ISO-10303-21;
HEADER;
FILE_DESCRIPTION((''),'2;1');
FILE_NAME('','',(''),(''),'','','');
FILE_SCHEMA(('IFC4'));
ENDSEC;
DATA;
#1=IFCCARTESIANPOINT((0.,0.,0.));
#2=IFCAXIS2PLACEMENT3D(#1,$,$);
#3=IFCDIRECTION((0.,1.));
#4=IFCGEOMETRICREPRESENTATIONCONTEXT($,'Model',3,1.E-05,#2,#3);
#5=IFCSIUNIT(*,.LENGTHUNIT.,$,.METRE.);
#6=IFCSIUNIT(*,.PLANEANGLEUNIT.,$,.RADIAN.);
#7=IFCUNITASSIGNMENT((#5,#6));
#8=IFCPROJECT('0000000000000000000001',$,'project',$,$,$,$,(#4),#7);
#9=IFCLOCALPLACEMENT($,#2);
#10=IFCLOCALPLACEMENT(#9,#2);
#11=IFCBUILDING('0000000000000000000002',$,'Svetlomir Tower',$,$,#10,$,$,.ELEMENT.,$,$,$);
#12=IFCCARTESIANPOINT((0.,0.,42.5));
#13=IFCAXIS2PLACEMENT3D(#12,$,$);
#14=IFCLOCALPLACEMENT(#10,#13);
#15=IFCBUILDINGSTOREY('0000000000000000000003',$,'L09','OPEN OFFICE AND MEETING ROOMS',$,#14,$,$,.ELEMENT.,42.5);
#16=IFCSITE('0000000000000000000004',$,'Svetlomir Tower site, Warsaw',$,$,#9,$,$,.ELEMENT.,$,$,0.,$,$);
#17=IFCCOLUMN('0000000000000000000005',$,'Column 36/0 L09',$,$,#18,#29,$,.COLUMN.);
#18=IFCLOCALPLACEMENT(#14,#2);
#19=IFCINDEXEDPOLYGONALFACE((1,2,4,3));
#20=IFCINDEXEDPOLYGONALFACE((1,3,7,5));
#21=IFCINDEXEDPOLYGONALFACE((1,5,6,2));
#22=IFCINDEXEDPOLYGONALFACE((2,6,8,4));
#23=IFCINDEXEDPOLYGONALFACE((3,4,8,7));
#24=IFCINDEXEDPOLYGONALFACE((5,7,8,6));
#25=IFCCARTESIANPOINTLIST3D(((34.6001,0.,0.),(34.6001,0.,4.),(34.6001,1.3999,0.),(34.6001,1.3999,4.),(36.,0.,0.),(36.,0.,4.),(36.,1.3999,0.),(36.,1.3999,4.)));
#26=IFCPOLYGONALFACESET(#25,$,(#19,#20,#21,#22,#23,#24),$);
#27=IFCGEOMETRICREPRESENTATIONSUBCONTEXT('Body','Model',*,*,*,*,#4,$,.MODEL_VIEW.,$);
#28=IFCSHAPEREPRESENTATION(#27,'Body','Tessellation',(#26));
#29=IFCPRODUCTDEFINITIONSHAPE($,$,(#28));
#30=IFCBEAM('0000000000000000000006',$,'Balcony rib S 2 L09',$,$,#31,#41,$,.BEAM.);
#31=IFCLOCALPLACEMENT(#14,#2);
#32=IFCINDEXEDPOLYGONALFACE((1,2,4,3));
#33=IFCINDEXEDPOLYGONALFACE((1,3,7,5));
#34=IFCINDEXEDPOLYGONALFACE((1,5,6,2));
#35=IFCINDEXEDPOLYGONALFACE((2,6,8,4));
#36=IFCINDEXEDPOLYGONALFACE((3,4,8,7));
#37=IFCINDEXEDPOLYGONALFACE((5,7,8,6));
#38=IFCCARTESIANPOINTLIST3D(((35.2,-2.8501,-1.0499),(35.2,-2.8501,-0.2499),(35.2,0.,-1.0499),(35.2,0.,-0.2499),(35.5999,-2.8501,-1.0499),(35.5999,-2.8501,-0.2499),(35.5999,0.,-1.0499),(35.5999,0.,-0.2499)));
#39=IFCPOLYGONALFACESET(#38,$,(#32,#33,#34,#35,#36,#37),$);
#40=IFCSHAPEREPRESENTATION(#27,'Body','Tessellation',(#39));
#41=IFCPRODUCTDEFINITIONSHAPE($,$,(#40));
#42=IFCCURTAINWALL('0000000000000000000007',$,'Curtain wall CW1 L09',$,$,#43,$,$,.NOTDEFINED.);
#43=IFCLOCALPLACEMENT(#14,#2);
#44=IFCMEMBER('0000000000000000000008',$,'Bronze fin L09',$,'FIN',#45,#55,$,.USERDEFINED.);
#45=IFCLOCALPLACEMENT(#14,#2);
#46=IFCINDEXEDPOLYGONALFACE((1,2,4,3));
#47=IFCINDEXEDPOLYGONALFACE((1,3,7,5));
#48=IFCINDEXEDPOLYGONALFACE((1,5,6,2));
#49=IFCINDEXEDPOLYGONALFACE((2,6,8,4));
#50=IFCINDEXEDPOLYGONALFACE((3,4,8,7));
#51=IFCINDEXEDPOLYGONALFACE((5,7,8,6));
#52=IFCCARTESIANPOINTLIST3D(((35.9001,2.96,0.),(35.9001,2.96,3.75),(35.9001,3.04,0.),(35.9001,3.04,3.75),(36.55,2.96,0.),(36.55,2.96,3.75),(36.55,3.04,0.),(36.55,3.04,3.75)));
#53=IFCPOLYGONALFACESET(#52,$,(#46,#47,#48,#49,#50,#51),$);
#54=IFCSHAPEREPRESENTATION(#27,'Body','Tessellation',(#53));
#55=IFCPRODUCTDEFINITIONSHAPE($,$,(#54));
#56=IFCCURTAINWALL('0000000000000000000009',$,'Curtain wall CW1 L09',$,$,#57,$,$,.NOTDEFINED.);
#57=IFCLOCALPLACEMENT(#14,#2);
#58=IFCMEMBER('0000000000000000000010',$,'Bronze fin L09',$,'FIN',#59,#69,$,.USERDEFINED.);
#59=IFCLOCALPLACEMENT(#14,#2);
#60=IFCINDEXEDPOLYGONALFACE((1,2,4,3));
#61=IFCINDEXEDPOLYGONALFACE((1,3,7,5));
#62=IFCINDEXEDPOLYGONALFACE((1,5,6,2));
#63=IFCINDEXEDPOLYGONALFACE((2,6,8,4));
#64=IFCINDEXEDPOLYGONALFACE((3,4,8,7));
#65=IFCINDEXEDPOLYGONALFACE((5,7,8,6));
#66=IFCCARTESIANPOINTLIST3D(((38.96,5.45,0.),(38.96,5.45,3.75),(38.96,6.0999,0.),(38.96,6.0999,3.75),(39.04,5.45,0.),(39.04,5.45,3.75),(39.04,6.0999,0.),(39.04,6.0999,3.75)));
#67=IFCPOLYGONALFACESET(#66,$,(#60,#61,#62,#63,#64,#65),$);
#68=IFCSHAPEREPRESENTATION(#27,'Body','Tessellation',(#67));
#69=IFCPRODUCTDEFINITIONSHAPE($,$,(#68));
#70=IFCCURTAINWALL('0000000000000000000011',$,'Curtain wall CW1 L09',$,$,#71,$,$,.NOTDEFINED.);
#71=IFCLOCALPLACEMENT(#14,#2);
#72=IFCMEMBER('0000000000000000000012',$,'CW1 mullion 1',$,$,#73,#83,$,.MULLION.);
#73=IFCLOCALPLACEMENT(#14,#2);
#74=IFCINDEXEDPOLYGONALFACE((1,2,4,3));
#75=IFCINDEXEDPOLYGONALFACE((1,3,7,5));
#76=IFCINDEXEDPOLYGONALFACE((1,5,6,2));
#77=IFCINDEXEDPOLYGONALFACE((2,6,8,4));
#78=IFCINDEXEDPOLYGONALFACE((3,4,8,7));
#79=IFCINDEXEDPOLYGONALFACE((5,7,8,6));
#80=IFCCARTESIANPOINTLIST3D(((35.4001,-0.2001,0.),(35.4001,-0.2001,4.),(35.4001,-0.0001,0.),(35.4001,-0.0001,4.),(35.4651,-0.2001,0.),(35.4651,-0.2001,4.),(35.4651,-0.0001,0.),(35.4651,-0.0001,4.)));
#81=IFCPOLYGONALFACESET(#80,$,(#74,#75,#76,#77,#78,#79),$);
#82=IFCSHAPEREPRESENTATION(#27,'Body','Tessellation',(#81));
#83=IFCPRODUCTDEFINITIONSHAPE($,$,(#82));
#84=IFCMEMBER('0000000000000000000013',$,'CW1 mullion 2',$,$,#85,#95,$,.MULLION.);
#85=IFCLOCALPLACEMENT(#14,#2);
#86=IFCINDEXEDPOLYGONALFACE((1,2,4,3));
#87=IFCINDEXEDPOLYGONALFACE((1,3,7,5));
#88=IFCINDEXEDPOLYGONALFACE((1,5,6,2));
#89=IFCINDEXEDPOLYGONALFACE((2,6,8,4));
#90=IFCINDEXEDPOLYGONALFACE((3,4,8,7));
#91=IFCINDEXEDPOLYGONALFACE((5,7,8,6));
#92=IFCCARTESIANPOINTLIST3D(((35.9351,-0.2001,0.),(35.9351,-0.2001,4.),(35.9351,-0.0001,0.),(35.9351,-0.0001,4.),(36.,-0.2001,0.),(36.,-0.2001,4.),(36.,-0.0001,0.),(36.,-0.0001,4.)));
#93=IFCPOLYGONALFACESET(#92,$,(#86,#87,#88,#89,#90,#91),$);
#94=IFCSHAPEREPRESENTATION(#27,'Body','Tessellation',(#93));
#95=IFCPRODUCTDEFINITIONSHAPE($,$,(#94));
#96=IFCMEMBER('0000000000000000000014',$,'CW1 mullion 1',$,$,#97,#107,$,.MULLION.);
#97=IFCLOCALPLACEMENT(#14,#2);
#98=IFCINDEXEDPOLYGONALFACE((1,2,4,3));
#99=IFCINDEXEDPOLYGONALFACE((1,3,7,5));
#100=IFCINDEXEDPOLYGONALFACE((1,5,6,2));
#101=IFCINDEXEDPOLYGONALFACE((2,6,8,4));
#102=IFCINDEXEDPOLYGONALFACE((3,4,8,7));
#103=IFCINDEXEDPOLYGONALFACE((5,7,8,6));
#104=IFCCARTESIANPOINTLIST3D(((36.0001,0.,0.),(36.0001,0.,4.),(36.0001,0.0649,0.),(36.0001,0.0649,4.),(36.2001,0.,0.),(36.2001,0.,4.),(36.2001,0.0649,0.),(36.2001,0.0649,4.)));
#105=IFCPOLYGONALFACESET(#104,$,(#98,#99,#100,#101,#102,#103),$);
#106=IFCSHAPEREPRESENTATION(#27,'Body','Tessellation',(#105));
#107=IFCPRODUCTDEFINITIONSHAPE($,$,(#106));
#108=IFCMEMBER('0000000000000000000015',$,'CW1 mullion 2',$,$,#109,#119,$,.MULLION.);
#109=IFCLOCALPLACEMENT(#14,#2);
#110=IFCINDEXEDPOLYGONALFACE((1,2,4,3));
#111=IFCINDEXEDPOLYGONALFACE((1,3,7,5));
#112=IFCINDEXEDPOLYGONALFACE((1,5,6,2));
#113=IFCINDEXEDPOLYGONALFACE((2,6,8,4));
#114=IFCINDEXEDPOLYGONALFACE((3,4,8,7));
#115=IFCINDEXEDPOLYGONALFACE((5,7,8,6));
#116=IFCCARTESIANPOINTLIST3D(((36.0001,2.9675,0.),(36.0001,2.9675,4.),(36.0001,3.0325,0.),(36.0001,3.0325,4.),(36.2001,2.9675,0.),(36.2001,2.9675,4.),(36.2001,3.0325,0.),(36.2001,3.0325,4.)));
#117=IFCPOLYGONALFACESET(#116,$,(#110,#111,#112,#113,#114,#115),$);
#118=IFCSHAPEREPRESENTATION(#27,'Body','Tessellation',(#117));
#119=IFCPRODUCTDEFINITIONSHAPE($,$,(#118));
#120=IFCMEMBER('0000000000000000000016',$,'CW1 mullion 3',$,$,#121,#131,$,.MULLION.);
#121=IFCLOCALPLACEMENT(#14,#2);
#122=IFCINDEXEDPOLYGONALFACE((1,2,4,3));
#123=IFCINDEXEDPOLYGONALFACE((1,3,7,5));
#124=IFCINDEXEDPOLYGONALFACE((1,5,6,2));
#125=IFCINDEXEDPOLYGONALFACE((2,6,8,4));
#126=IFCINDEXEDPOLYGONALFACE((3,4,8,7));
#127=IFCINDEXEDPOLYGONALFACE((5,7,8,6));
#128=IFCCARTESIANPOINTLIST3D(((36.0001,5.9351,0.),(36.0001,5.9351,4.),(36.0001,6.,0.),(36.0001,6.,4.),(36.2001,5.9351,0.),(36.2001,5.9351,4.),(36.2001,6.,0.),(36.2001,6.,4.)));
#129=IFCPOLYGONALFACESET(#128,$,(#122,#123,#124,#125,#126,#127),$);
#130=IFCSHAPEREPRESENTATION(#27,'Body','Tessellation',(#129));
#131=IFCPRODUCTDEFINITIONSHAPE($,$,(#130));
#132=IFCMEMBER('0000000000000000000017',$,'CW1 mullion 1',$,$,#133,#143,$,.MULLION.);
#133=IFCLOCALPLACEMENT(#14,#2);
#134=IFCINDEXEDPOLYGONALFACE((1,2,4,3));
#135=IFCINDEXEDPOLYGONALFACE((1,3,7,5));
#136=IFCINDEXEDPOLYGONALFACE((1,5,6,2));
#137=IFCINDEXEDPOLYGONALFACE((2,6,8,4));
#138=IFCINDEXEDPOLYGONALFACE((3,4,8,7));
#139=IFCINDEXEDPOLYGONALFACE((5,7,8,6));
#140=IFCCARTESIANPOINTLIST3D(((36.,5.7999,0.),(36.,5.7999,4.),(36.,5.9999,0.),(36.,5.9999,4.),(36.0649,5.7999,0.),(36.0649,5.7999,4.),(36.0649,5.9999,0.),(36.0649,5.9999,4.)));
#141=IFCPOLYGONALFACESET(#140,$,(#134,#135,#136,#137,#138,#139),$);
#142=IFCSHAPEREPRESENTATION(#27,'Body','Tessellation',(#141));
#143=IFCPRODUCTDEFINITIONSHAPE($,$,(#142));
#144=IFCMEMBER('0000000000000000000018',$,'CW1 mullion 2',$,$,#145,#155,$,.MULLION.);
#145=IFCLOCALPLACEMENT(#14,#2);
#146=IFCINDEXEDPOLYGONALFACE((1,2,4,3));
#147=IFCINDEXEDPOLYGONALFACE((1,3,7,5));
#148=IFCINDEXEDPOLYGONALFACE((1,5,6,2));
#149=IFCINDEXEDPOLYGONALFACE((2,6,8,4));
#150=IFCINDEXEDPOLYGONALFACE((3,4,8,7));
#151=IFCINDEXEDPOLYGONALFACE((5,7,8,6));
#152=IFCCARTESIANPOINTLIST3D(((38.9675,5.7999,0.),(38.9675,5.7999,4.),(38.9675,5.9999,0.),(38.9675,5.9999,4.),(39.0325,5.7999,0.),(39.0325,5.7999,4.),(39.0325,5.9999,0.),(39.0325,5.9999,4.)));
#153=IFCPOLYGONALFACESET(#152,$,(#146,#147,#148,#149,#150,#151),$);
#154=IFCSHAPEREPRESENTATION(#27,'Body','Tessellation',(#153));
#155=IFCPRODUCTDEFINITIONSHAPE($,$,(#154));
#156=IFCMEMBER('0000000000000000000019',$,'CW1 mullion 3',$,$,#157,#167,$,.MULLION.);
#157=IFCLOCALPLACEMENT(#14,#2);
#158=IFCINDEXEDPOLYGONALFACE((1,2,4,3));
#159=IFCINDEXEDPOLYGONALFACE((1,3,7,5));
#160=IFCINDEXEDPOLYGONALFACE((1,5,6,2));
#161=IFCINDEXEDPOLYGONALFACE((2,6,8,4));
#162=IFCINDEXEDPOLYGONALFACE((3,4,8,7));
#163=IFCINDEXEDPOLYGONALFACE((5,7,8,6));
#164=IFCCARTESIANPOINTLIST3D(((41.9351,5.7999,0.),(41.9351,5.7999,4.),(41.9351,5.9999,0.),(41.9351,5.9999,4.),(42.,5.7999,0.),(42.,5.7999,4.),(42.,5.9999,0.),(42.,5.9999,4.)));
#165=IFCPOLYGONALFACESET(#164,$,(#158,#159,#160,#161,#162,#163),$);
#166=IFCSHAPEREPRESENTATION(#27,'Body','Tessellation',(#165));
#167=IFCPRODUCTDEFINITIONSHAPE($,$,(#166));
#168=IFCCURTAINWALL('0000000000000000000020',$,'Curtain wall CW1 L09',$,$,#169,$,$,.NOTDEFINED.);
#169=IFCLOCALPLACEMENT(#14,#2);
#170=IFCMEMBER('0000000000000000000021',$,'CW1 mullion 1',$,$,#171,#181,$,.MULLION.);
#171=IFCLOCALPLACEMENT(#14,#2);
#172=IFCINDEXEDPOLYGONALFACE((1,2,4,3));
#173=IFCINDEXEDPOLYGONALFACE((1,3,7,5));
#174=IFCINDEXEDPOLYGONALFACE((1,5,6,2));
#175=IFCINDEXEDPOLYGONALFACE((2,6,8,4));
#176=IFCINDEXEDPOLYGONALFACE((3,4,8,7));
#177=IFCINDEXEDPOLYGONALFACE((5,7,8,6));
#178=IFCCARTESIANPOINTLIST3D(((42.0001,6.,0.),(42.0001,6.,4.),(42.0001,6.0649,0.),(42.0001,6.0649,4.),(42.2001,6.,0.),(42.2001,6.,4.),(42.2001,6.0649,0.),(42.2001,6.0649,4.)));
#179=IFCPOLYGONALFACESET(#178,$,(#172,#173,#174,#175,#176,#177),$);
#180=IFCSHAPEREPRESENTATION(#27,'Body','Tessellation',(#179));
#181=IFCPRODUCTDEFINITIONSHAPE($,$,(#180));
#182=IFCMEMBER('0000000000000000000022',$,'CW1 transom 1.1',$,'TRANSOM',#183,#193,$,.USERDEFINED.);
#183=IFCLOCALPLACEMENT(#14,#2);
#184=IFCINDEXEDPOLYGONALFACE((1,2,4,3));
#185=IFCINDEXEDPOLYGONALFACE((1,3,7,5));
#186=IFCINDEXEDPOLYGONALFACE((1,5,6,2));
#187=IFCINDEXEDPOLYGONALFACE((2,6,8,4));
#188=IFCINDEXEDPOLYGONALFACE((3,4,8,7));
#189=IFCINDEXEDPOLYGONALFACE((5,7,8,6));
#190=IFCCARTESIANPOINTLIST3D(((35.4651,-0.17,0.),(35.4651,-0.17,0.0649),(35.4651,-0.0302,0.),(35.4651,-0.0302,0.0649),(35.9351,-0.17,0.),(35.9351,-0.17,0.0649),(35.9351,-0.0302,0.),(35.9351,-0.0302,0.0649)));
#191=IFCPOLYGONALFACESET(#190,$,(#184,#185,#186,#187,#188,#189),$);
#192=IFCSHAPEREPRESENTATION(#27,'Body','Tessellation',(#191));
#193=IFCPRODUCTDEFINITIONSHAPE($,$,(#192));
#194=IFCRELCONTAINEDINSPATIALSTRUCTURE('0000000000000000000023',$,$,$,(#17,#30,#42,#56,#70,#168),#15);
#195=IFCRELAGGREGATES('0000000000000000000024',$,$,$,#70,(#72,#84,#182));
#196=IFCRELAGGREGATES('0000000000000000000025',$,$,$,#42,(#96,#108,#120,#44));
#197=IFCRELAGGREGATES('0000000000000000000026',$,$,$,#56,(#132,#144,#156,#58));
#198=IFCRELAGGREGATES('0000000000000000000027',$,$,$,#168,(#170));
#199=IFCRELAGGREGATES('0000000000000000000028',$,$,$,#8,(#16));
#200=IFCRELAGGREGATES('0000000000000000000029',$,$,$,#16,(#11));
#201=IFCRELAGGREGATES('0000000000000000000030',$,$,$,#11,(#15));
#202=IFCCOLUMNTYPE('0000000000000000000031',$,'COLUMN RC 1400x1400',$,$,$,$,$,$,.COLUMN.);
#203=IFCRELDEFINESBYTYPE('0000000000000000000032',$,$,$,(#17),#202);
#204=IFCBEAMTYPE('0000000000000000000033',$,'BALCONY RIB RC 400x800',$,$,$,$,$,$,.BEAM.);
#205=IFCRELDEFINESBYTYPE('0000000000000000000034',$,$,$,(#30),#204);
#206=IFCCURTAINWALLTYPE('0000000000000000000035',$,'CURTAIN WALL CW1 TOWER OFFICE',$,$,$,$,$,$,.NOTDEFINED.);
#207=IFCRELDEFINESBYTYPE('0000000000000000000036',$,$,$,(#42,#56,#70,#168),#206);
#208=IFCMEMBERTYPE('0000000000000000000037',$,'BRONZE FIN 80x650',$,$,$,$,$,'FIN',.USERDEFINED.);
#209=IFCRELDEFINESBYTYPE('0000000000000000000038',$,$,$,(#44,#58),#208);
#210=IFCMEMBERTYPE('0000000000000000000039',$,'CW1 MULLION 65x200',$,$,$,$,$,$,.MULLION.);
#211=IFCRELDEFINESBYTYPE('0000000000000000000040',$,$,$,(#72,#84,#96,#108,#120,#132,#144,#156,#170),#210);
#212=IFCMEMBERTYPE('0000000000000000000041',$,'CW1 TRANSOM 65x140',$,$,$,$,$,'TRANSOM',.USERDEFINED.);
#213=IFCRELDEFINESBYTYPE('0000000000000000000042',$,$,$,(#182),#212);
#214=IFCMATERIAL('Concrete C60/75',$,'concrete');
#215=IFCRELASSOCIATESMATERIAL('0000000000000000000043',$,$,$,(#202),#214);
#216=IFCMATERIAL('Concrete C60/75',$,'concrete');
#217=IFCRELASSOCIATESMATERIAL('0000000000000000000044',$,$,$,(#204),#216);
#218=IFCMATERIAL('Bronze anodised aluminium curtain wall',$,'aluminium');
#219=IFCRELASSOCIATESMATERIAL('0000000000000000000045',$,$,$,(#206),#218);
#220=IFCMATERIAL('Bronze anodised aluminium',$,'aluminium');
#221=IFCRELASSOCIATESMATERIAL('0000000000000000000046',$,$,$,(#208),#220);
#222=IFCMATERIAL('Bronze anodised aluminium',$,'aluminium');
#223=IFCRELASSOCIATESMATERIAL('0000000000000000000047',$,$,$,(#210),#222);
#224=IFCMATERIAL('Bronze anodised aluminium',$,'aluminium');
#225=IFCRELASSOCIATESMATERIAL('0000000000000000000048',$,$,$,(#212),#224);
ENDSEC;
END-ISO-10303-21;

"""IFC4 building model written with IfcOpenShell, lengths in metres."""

from ifc_helpers import new_model, si_unit, direction, frame, origin, origin_2d, place, context, subcontext, project, spatial, rectangle, extrude, material, material_profile, profile_set, type_object, element, aggregate, save


model = new_model("IFC4")

# Units and contexts
model_context = context("Model", 3, precision=1e-05, world=origin(), true_north=direction((0.0, 1.0)))
body_context = subcontext(model_context, "Body", "Model", "MODEL_VIEW")
ifc_project = project(units=[si_unit("LENGTHUNIT", "METRE"), si_unit("PLANEANGLEUNIT", "RADIAN")], contexts=[model_context])

# Site, building, storey
site_placement = place(None, origin())
site = spatial("IfcSite", under=ifc_project, at=site_placement, Name="Svetlomir Tower site, Warsaw", CompositionType="ELEMENT", RefElevation=0.0)
building_placement = place(site_placement, origin())
building = spatial("IfcBuilding", under=site, at=building_placement, Name="Svetlomir Tower", CompositionType="ELEMENT")
storey_placement = place(building_placement, frame((0.0, 0.0, 42.5)))
storey = spatial("IfcBuildingStorey", under=building, at=storey_placement, Name="L09", Description="OPEN OFFICE AND MEETING ROOMS", CompositionType="ELEMENT", Elevation=42.5)

# Column
ifc_material_1 = material(Name="Concrete C60/75", Category="concrete")
ifc_material_profile_1 = material_profile(ifc_material_1, rectangle(XDim=1.3999, YDim=1.3999, at=origin_2d()), Name="RC 1400x1400")
ifc_profile_set_1 = profile_set([ifc_material_profile_1], Name="Concrete C60/75")
column_type = type_object("IfcColumnType", Name="COLUMN RC 1400x1400", PredefinedType="COLUMN", material=ifc_profile_set_1)
column_placement = place(storey_placement, frame((35.3, 0.7, 0.0), z_axis=(0.0, 0.0, 1.0), x_axis=(1.0, 0.0, 0.0)))
element("IfcColumn", 1, at=column_placement, inside=storey, type_object=column_type, Name="Column 36/0 L09", PredefinedType="COLUMN", context=body_context, shape_type="SweptSolid", body=[
    extrude(rectangle(XDim=1.3999, YDim=1.3999, at=origin_2d()), origin(), (0.0, 0.0, 1.0), 4.0),
])

# Beam
ifc_material_2 = material(Name="Concrete C60/75", Category="concrete")
ifc_material_profile_2 = material_profile(ifc_material_2, rectangle(XDim=0.3999, YDim=0.8, at=origin_2d()), Name="RC 400x800")
ifc_profile_set_2 = profile_set([ifc_material_profile_2], Name="Concrete C60/75")
beam_type_1 = type_object("IfcBeamType", Name="BALCONY RIB RC 400x800", PredefinedType="BEAM", material=ifc_profile_set_2)
beam_placement = place(storey_placement, frame((35.3999, 0.0, -0.6499), z_axis=(0.0, -1.0, 0.0), x_axis=(1.0, 0.0, 0.0)))
element("IfcBeam", 2, at=beam_placement, inside=storey, type_object=beam_type_1, Name="Balcony rib S 2 L09", PredefinedType="BEAM", context=body_context, shape_type="SweptSolid", body=[
    extrude(rectangle(XDim=0.3999, YDim=0.8, at=origin_2d()), origin(), (0.0, 0.0, 1.0), 2.8501),
])

# Curtain walls, members
ifc_material_3 = material(Name="Bronze anodised aluminium curtain wall", Category="aluminium")
curtain_wall_type = type_object("IfcCurtainWallType", Name="CURTAIN WALL CW1 TOWER OFFICE", PredefinedType="NOTDEFINED", material=ifc_material_3)
curtain_wall_1_placement = place(storey_placement, origin())
curtain_wall_1 = element("IfcCurtainWall", 3, at=curtain_wall_1_placement, inside=storey, type_object=curtain_wall_type, Name="Curtain wall CW1 L09", PredefinedType="NOTDEFINED")
ifc_material_4 = material(Name="Bronze anodised aluminium", Category="aluminium")
ifc_material_profile_3 = material_profile(ifc_material_4, rectangle(XDim=0.0801, YDim=0.6499, at=origin_2d()), Name="FIN 80x650")
ifc_profile_set_3 = profile_set([ifc_material_profile_3], Name="Bronze anodised aluminium 6063-T6")
member_type_1 = type_object("IfcMemberType", Name="BRONZE FIN 80x650", ElementType="FIN", PredefinedType="USERDEFINED", material=ifc_profile_set_3)
member_1_placement = place(storey_placement, frame((36.2251, 3.0, 0.0), z_axis=(0.0, 0.0, 1.0), x_axis=(0.0, 1.0, 0.0)))
member_1 = element("IfcMember", 4, at=member_1_placement, type_object=member_type_1, Name="Bronze fin L09", ObjectType="FIN", PredefinedType="USERDEFINED", context=body_context, shape_type="SweptSolid", body=[
    extrude(rectangle(XDim=0.0801, YDim=0.6499, at=origin_2d()), origin(), (0.0, 0.0, 1.0), 3.75),
])
curtain_wall_2_placement = place(storey_placement, origin())
curtain_wall_2 = element("IfcCurtainWall", 5, at=curtain_wall_2_placement, inside=storey, type_object=curtain_wall_type, Name="Curtain wall CW1 L09", PredefinedType="NOTDEFINED")
member_2_placement = place(storey_placement, frame((39.0, 5.7749, 0.0), z_axis=(0.0, 0.0, 1.0), x_axis=(1.0, 0.0, 0.0)))
member_2 = element("IfcMember", 6, at=member_2_placement, type_object=member_type_1, Name="Bronze fin L09", ObjectType="FIN", PredefinedType="USERDEFINED", context=body_context, shape_type="SweptSolid", body=[
    extrude(rectangle(XDim=0.0801, YDim=0.6499, at=origin_2d()), origin(), (0.0, 0.0, 1.0), 3.75),
])

# Curtain wall, members
curtain_wall_3_placement = place(storey_placement, origin())
curtain_wall_3 = element("IfcCurtainWall", 7, at=curtain_wall_3_placement, inside=storey, type_object=curtain_wall_type, Name="Curtain wall CW1 L09", PredefinedType="NOTDEFINED")
ifc_material_5 = material(Name="Bronze anodised aluminium", Category="aluminium")
ifc_material_profile_4 = material_profile(ifc_material_5, rectangle(XDim=0.0649, YDim=0.2, at=origin_2d()), Name="AL 65x200")
ifc_profile_set_4 = profile_set([ifc_material_profile_4], Name="Bronze anodised aluminium 6063-T6")
member_type_2 = type_object("IfcMemberType", Name="CW1 MULLION 65x200", PredefinedType="MULLION", material=ifc_profile_set_4)
member_3_placement = place(storey_placement, frame((35.4326, -0.1001, 0.0), z_axis=(0.0, 0.0, 1.0), x_axis=(1.0, 0.0, 0.0)))
member_3 = element("IfcMember", 8, at=member_3_placement, type_object=member_type_2, Name="CW1 mullion 1", PredefinedType="MULLION", context=body_context, shape_type="SweptSolid", body=[
    extrude(rectangle(XDim=0.0649, YDim=0.2, at=origin_2d()), origin(), (0.0, 0.0, 1.0), 4.0),
])
member_4_placement = place(storey_placement, frame((35.9675, -0.1001, 0.0), z_axis=(0.0, 0.0, 1.0), x_axis=(1.0, 0.0, 0.0)))
member_4 = element("IfcMember", 9, at=member_4_placement, type_object=member_type_2, Name="CW1 mullion 2", PredefinedType="MULLION", context=body_context, shape_type="SweptSolid", body=[
    extrude(rectangle(XDim=0.0649, YDim=0.2, at=origin_2d()), origin(), (0.0, 0.0, 1.0), 4.0),
])

# Members
member_5_placement = place(storey_placement, frame((36.1001, 0.0325, 0.0), z_axis=(0.0, 0.0, 1.0), x_axis=(0.0, 1.0, 0.0)))
member_5 = element("IfcMember", 10, at=member_5_placement, type_object=member_type_2, Name="CW1 mullion 1", PredefinedType="MULLION", context=body_context, shape_type="SweptSolid", body=[
    extrude(rectangle(XDim=0.0649, YDim=0.2, at=origin_2d()), origin(), (0.0, 0.0, 1.0), 4.0),
])
member_6_placement = place(storey_placement, frame((36.1001, 3.0, 0.0), z_axis=(0.0, 0.0, 1.0), x_axis=(0.0, 1.0, 0.0)))
member_6 = element("IfcMember", 11, at=member_6_placement, type_object=member_type_2, Name="CW1 mullion 2", PredefinedType="MULLION", context=body_context, shape_type="SweptSolid", body=[
    extrude(rectangle(XDim=0.0649, YDim=0.2, at=origin_2d()), origin(), (0.0, 0.0, 1.0), 4.0),
])
member_7_placement = place(storey_placement, frame((36.1001, 5.9675, 0.0), z_axis=(0.0, 0.0, 1.0), x_axis=(0.0, 1.0, 0.0)))
member_7 = element("IfcMember", 12, at=member_7_placement, type_object=member_type_2, Name="CW1 mullion 3", PredefinedType="MULLION", context=body_context, shape_type="SweptSolid", body=[
    extrude(rectangle(XDim=0.0649, YDim=0.2, at=origin_2d()), origin(), (0.0, 0.0, 1.0), 4.0),
])
member_8_placement = place(storey_placement, frame((36.0325, 5.8999, 0.0), z_axis=(0.0, 0.0, 1.0), x_axis=(1.0, 0.0, 0.0)))
member_8 = element("IfcMember", 13, at=member_8_placement, type_object=member_type_2, Name="CW1 mullion 1", PredefinedType="MULLION", context=body_context, shape_type="SweptSolid", body=[
    extrude(rectangle(XDim=0.0649, YDim=0.2, at=origin_2d()), origin(), (0.0, 0.0, 1.0), 4.0),
])
member_9_placement = place(storey_placement, frame((39.0, 5.8999, 0.0), z_axis=(0.0, 0.0, 1.0), x_axis=(1.0, 0.0, 0.0)))
member_9 = element("IfcMember", 14, at=member_9_placement, type_object=member_type_2, Name="CW1 mullion 2", PredefinedType="MULLION", context=body_context, shape_type="SweptSolid", body=[
    extrude(rectangle(XDim=0.0649, YDim=0.2, at=origin_2d()), origin(), (0.0, 0.0, 1.0), 4.0),
])
member_10_placement = place(storey_placement, frame((41.9675, 5.8999, 0.0), z_axis=(0.0, 0.0, 1.0), x_axis=(1.0, 0.0, 0.0)))
member_10 = element("IfcMember", 15, at=member_10_placement, type_object=member_type_2, Name="CW1 mullion 3", PredefinedType="MULLION", context=body_context, shape_type="SweptSolid", body=[
    extrude(rectangle(XDim=0.0649, YDim=0.2, at=origin_2d()), origin(), (0.0, 0.0, 1.0), 4.0),
])

# Curtain wall, member
curtain_wall_4_placement = place(storey_placement, origin())
curtain_wall_4 = element("IfcCurtainWall", 16, at=curtain_wall_4_placement, inside=storey, type_object=curtain_wall_type, Name="Curtain wall CW1 L09", PredefinedType="NOTDEFINED")
member_11_placement = place(storey_placement, frame((42.1001, 6.0325, 0.0), z_axis=(0.0, 0.0, 1.0), x_axis=(0.0, 1.0, 0.0)))
member_11 = element("IfcMember", 17, at=member_11_placement, type_object=member_type_2, Name="CW1 mullion 1", PredefinedType="MULLION", context=body_context, shape_type="SweptSolid", body=[
    extrude(rectangle(XDim=0.0649, YDim=0.2, at=origin_2d()), origin(), (0.0, 0.0, 1.0), 4.0),
])

# Member
ifc_material_6 = material(Name="Bronze anodised aluminium", Category="aluminium")
ifc_material_profile_5 = material_profile(ifc_material_6, rectangle(XDim=0.1399, YDim=0.0649, at=origin_2d()), Name="AL 140x65")
ifc_profile_set_5 = profile_set([ifc_material_profile_5], Name="Bronze anodised aluminium 6063-T6")
member_type_3 = type_object("IfcMemberType", Name="CW1 TRANSOM 65x140", ElementType="TRANSOM", PredefinedType="USERDEFINED", material=ifc_profile_set_5)
member_12_placement = place(storey_placement, frame((35.4651, -0.1001, 0.0325), z_axis=(1.0, 0.0, 0.0), x_axis=(0.0, 1.0, 0.0)))
member_12 = element("IfcMember", 18, at=member_12_placement, type_object=member_type_3, Name="CW1 transom 1.1", ObjectType="TRANSOM", PredefinedType="USERDEFINED", context=body_context, shape_type="SweptSolid", body=[
    extrude(rectangle(XDim=0.1399, YDim=0.0649, at=origin_2d()), origin(), (0.0, 0.0, 1.0), 0.47),
])

aggregate(curtain_wall_3, [member_3, member_4, member_12])
aggregate(curtain_wall_1, [member_5, member_6, member_7, member_1])
aggregate(curtain_wall_2, [member_8, member_9, member_10, member_2])
aggregate(curtain_wall_4, [member_11])

save(model, "model.ifc")
